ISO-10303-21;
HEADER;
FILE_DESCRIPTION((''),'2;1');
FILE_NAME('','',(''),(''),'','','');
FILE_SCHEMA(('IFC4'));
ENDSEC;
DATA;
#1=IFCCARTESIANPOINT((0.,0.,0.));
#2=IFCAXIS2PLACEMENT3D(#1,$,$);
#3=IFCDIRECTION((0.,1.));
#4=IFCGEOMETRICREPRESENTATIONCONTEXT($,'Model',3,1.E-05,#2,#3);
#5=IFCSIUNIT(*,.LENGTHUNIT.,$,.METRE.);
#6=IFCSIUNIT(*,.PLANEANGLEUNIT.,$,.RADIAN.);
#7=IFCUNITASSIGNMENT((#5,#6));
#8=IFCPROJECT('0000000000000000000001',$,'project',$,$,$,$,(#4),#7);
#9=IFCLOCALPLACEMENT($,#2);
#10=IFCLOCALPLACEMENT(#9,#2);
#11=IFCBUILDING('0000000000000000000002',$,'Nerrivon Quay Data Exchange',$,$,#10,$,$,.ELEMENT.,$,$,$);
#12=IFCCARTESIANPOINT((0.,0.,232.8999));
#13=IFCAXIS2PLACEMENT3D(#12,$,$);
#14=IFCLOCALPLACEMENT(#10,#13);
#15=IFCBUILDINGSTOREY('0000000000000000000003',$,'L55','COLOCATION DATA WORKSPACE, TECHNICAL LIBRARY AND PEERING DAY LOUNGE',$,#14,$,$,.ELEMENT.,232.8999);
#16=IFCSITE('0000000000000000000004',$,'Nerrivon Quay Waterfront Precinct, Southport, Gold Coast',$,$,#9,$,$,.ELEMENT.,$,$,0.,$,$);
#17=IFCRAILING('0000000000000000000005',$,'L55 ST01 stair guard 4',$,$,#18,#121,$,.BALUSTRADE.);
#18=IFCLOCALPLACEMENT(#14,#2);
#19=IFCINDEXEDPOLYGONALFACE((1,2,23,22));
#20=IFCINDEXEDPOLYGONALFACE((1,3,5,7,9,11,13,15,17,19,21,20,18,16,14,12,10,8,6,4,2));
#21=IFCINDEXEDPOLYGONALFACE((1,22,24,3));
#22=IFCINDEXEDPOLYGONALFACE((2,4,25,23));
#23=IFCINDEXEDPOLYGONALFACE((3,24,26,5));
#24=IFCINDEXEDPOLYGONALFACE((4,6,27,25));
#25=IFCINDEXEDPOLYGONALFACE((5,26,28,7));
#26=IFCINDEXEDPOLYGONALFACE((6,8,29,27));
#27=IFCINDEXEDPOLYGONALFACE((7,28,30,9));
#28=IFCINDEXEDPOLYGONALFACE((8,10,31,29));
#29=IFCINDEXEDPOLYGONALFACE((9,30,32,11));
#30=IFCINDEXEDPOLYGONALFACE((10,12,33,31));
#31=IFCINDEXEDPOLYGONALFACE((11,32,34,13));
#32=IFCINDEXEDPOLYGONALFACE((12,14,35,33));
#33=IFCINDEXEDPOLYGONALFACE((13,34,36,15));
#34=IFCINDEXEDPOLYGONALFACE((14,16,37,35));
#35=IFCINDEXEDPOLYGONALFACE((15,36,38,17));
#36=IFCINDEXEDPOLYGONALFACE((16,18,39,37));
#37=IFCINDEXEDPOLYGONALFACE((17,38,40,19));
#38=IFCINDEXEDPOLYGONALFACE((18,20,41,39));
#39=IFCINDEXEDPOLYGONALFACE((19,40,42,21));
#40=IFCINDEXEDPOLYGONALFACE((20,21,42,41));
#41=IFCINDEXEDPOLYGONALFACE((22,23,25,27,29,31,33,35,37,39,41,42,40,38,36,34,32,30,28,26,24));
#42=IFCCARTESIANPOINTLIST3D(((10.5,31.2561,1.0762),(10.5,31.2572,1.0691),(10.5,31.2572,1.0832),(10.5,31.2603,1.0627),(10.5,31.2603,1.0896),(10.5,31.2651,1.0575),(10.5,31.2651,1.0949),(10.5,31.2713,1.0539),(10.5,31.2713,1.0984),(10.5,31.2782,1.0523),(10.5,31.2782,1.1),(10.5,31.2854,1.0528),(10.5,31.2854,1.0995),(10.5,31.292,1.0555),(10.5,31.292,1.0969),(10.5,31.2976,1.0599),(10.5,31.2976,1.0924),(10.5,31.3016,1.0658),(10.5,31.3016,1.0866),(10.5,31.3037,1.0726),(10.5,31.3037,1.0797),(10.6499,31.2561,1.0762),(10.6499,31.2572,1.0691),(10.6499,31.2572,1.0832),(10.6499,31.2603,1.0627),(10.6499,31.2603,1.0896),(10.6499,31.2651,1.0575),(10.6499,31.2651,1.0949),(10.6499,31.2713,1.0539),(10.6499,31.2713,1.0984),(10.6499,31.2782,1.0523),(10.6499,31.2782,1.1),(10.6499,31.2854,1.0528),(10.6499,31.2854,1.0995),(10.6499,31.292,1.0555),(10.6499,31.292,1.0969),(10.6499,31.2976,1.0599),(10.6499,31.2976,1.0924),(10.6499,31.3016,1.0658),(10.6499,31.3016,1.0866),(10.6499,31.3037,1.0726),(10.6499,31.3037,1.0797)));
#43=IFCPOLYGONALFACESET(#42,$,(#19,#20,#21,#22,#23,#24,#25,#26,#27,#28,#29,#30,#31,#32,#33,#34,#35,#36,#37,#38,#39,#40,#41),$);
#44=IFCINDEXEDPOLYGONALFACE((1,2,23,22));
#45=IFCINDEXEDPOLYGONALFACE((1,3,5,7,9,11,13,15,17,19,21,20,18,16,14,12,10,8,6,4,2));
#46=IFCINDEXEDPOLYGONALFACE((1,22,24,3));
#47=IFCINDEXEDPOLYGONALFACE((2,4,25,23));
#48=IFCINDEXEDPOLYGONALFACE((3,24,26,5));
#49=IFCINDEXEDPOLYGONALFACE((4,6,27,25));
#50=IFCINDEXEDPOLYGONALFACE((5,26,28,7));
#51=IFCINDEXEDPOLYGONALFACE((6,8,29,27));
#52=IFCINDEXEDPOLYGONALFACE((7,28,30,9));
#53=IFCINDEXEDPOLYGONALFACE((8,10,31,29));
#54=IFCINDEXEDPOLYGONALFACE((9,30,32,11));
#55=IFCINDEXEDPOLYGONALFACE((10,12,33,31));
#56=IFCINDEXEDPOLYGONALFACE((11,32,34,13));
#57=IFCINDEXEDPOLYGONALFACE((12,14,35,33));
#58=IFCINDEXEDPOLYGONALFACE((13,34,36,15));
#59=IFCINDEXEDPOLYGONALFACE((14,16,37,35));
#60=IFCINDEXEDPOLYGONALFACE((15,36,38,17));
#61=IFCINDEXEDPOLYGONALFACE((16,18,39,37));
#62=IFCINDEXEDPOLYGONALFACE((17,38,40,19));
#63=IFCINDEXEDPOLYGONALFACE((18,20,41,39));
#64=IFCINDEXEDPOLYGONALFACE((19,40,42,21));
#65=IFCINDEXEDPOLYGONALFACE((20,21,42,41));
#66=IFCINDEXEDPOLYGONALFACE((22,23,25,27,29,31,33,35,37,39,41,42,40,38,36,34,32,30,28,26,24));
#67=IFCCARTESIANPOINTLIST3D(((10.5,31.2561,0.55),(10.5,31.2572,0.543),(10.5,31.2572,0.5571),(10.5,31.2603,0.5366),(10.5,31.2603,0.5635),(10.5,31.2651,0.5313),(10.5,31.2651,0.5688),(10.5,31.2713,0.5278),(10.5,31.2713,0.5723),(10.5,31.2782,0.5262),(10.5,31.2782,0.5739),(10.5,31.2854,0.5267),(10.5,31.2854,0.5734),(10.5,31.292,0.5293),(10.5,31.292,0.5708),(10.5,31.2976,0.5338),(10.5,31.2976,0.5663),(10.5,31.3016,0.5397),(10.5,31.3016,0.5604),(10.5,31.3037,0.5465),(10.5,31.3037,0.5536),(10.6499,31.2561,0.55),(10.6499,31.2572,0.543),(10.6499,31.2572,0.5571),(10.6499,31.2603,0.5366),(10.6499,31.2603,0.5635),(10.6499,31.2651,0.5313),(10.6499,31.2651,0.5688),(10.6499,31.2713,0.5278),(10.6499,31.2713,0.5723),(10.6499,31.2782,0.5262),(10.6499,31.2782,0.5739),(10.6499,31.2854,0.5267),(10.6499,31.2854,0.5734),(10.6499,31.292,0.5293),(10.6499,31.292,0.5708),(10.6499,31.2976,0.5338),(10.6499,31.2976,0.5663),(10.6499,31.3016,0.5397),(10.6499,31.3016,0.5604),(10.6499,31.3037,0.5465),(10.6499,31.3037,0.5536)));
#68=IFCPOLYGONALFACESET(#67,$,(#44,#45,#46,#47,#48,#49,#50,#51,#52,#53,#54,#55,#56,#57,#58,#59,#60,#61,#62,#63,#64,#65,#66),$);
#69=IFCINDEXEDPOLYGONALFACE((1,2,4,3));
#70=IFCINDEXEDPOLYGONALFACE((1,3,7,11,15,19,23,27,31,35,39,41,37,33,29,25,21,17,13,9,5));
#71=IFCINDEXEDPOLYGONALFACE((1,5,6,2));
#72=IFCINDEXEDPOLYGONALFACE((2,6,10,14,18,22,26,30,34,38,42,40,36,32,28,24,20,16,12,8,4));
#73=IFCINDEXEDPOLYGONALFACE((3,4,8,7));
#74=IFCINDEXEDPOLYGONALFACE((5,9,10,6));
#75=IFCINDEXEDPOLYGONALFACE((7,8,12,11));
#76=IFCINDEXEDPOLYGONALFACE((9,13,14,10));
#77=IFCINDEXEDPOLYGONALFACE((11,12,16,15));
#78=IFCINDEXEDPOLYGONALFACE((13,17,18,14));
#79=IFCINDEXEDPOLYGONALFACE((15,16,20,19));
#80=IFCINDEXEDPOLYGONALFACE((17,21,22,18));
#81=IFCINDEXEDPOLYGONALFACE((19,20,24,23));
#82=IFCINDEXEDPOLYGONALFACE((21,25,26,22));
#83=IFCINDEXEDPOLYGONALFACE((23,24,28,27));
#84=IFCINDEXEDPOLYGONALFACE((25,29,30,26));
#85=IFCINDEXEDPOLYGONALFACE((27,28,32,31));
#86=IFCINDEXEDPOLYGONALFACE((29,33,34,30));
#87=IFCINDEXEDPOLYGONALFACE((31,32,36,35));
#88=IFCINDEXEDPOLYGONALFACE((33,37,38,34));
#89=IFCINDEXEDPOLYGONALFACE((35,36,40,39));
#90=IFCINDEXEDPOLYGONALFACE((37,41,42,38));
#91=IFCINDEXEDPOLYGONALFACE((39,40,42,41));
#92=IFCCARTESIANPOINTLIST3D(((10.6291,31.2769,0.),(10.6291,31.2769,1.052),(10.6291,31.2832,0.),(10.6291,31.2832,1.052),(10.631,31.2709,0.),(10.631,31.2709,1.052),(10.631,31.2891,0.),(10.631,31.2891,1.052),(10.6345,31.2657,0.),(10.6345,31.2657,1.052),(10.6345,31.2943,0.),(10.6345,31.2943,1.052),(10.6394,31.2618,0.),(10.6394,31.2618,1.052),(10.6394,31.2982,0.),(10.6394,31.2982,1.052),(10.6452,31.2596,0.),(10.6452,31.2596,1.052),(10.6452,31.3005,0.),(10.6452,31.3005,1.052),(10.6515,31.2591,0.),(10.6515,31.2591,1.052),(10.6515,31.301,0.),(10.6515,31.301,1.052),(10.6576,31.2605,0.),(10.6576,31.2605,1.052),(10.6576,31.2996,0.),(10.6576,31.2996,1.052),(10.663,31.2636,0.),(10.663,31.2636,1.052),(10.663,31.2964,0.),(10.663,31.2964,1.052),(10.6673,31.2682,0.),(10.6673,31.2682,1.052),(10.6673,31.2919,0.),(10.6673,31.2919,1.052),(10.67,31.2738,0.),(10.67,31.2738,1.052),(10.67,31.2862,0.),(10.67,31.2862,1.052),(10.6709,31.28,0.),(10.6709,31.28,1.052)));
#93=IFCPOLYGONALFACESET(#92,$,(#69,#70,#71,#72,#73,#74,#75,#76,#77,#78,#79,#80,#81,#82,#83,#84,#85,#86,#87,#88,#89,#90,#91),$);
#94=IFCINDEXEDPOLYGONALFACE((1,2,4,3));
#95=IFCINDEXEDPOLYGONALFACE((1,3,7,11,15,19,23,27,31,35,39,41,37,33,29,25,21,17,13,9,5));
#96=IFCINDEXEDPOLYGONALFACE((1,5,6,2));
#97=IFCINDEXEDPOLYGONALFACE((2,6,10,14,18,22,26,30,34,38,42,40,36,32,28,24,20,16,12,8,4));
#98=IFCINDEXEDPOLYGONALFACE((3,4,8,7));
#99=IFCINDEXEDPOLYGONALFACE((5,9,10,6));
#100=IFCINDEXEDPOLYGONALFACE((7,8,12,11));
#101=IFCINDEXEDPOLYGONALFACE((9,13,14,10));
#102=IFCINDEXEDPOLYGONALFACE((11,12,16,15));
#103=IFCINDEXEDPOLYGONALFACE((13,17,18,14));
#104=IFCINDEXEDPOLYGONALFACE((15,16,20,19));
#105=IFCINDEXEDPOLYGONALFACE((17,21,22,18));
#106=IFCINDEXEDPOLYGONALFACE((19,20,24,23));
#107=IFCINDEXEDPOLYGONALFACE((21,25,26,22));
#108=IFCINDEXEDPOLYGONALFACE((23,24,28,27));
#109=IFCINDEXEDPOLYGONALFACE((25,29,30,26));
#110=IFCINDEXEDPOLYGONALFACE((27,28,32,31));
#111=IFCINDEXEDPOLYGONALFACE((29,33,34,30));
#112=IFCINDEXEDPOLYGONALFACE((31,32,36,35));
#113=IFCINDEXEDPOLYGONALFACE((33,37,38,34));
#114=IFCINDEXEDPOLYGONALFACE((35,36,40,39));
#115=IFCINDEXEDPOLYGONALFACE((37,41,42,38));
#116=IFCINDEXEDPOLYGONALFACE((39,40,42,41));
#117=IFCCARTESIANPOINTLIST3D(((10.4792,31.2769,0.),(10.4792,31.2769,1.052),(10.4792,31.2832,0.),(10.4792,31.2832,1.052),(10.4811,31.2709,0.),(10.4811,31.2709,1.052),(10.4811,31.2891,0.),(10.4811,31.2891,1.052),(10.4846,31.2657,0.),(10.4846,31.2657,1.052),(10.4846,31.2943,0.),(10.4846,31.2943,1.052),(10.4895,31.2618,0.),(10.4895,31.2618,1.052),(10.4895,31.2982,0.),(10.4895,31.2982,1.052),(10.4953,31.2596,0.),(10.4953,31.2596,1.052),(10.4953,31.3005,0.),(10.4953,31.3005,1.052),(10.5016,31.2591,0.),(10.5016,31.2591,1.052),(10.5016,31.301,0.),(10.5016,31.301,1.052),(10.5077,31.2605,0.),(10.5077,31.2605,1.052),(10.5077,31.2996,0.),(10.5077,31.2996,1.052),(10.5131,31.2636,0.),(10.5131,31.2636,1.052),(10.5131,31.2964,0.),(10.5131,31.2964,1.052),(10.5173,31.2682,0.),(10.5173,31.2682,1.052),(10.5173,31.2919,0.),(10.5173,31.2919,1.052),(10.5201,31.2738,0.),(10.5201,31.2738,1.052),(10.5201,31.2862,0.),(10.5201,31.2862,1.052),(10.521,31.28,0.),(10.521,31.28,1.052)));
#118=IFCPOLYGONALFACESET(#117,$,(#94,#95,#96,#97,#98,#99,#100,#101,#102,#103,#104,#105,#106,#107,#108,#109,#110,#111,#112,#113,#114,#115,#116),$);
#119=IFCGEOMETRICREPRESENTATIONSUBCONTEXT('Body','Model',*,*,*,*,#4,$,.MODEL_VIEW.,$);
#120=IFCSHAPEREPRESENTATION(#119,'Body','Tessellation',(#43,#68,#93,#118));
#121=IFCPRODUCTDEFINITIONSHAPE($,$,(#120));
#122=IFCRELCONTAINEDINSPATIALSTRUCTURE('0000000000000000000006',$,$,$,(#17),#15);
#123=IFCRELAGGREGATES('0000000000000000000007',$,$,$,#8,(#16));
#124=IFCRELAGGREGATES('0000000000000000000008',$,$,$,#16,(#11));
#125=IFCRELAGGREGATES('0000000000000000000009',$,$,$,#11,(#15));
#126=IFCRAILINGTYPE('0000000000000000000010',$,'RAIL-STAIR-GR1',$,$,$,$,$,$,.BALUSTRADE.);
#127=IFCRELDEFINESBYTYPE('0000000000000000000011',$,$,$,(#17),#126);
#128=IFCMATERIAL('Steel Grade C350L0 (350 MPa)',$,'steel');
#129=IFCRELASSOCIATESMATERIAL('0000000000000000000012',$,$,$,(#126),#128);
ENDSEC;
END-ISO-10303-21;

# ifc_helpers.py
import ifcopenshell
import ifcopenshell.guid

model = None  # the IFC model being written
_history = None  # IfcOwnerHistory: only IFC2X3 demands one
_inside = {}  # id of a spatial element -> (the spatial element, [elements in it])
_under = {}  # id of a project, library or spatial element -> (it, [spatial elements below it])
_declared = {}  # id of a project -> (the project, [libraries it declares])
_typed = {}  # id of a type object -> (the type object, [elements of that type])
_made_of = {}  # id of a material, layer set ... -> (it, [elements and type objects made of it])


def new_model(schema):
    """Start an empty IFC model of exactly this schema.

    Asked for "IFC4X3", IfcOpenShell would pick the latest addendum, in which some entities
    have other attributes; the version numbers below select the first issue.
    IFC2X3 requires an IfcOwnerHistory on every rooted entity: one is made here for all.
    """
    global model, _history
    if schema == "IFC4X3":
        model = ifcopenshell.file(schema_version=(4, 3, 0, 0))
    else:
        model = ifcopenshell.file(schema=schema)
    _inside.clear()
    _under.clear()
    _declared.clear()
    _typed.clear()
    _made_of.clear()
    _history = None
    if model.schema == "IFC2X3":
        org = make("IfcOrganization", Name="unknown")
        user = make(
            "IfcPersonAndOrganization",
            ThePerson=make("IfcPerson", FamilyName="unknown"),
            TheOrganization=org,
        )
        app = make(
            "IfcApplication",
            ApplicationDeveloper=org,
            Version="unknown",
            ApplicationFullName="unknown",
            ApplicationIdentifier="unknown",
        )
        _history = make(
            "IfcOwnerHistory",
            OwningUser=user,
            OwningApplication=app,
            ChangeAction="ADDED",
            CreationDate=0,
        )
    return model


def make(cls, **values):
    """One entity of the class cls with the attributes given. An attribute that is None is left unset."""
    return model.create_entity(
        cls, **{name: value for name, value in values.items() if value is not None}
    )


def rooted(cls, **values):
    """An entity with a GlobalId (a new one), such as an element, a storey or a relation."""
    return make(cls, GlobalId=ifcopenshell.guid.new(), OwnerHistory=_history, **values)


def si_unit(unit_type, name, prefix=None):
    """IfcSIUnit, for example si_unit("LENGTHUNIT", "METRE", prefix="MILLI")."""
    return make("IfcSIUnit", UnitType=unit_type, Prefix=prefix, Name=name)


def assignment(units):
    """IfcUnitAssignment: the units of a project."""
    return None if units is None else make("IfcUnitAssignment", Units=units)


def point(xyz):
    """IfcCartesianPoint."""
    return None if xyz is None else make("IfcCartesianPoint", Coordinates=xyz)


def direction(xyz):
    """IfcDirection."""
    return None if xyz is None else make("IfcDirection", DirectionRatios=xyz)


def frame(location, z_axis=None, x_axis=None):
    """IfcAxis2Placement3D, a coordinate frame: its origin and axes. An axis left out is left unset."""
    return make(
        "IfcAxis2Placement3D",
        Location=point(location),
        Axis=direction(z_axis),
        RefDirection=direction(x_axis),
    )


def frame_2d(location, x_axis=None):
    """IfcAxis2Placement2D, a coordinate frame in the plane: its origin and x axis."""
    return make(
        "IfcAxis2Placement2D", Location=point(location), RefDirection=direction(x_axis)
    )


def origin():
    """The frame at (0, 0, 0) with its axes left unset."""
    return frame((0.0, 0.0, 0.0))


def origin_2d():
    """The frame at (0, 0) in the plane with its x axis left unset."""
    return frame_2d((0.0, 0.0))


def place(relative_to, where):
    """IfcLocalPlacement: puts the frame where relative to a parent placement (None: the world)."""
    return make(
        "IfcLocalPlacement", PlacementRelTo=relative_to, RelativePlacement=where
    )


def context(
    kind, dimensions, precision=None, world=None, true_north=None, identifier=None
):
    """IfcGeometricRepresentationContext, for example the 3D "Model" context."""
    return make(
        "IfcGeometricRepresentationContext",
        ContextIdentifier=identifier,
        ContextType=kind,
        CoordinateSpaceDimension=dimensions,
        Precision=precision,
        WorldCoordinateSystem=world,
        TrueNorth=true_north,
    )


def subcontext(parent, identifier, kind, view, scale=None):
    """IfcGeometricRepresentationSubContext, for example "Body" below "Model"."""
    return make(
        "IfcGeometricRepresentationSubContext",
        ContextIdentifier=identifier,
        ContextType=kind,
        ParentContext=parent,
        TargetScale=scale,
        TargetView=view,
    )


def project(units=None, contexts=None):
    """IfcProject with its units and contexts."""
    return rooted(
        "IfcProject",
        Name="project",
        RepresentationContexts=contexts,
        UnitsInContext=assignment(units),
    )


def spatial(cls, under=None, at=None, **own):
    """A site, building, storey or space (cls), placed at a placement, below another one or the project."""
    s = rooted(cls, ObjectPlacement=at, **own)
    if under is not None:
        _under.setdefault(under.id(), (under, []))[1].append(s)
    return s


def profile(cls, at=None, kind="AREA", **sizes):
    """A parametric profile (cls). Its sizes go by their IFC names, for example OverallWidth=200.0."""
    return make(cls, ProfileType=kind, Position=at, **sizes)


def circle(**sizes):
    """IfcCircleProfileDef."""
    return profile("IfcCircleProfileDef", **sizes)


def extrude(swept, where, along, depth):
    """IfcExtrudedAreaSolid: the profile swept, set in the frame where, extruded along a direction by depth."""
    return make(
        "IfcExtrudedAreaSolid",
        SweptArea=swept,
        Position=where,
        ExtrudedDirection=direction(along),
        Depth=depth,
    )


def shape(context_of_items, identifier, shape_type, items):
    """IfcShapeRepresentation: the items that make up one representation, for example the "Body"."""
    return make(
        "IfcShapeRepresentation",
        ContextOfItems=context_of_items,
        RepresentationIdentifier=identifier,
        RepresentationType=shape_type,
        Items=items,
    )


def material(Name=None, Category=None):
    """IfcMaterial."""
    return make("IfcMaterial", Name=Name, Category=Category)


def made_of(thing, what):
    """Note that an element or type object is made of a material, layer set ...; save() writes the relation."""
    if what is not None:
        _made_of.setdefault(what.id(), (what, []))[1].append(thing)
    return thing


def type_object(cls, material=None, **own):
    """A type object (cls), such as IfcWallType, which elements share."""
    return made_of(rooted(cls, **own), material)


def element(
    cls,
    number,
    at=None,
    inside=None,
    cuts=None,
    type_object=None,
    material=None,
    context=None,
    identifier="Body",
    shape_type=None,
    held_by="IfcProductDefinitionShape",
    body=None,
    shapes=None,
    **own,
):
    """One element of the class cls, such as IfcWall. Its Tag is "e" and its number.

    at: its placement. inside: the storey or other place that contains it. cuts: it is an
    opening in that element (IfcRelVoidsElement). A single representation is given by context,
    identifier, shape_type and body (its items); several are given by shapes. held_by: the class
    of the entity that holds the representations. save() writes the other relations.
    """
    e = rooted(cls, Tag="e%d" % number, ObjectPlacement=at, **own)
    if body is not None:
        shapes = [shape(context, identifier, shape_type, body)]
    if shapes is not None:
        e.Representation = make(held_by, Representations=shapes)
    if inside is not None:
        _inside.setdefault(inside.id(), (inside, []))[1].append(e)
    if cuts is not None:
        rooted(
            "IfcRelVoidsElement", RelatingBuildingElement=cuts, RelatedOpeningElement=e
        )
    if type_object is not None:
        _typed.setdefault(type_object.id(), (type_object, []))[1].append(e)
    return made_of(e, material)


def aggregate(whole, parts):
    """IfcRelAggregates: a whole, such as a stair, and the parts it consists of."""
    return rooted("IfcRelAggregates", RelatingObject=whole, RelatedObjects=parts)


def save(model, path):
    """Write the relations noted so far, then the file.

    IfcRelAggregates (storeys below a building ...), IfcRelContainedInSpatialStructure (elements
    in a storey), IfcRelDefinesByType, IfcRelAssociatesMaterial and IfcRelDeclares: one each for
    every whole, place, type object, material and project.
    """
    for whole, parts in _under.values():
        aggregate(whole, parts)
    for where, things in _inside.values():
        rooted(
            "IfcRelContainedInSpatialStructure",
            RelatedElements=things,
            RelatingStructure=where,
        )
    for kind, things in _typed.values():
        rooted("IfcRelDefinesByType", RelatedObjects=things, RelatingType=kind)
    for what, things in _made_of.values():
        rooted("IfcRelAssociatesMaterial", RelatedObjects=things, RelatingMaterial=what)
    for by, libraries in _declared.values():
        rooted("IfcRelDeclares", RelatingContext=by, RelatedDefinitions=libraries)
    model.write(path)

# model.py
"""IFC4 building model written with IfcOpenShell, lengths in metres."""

from ifc_helpers import new_model, si_unit, direction, frame, origin, origin_2d, place, context, subcontext, project, spatial, circle, extrude, material, type_object, element, save


model = new_model("IFC4")

# Units and contexts
model_context = context("Model", 3, precision=1e-05, world=origin(), true_north=direction((0.0, 1.0)))
body_context = subcontext(model_context, "Body", "Model", "MODEL_VIEW")
ifc_project = project(units=[si_unit("LENGTHUNIT", "METRE"), si_unit("PLANEANGLEUNIT", "RADIAN")], contexts=[model_context])

# Site, building, storey
site_placement = place(None, origin())
site = spatial("IfcSite", under=ifc_project, at=site_placement, Name="Nerrivon Quay Waterfront Precinct, Southport, Gold Coast", CompositionType="ELEMENT", RefElevation=0.0)
building_placement = place(site_placement, origin())
building = spatial("IfcBuilding", under=site, at=building_placement, Name="Nerrivon Quay Data Exchange", CompositionType="ELEMENT")
storey_placement = place(building_placement, frame((0.0, 0.0, 232.8999)))
storey = spatial("IfcBuildingStorey", under=building, at=storey_placement, Name="L55", Description="COLOCATION DATA WORKSPACE, TECHNICAL LIBRARY AND PEERING DAY LOUNGE", CompositionType="ELEMENT", Elevation=232.8999)

# Railing
ifc_material_1 = material(Name="Steel Grade C350L0 (350 MPa)", Category="steel")
railing_type_1 = type_object("IfcRailingType", Name="RAIL-STAIR-GR1", PredefinedType="BALUSTRADE", material=ifc_material_1)
railing_1_placement = place(storey_placement, frame((10.6499, 31.28, 0.0)))
element("IfcRailing", 1, at=railing_1_placement, inside=storey, type_object=railing_type_1, Name="L55 ST01 stair guard 4", PredefinedType="BALUSTRADE", context=body_context, shape_type="SweptSolid", body=[
    extrude(circle(Radius=0.0239, at=origin_2d()), frame((0.0, 0.0, 1.0762), z_axis=(-1.0, 0.0, 0.0), x_axis=(0.0, -1.0, 0.0)), (0.0, 0.0, 1.0), 0.1499),
    extrude(circle(Radius=0.0239, at=origin_2d()), frame((0.0, 0.0, 0.55), z_axis=(-1.0, 0.0, 0.0), x_axis=(0.0, -1.0, 0.0)), (0.0, 0.0, 1.0), 0.1499),
    extrude(circle(Radius=0.021, at=origin_2d()), origin(), (0.0, 0.0, 1.0), 1.052),
    extrude(circle(Radius=0.021, at=origin_2d()), frame((-0.1499, 0.0, 0.0)), (0.0, 0.0, 1.0), 1.052),
])

save(model, "model.ifc")
